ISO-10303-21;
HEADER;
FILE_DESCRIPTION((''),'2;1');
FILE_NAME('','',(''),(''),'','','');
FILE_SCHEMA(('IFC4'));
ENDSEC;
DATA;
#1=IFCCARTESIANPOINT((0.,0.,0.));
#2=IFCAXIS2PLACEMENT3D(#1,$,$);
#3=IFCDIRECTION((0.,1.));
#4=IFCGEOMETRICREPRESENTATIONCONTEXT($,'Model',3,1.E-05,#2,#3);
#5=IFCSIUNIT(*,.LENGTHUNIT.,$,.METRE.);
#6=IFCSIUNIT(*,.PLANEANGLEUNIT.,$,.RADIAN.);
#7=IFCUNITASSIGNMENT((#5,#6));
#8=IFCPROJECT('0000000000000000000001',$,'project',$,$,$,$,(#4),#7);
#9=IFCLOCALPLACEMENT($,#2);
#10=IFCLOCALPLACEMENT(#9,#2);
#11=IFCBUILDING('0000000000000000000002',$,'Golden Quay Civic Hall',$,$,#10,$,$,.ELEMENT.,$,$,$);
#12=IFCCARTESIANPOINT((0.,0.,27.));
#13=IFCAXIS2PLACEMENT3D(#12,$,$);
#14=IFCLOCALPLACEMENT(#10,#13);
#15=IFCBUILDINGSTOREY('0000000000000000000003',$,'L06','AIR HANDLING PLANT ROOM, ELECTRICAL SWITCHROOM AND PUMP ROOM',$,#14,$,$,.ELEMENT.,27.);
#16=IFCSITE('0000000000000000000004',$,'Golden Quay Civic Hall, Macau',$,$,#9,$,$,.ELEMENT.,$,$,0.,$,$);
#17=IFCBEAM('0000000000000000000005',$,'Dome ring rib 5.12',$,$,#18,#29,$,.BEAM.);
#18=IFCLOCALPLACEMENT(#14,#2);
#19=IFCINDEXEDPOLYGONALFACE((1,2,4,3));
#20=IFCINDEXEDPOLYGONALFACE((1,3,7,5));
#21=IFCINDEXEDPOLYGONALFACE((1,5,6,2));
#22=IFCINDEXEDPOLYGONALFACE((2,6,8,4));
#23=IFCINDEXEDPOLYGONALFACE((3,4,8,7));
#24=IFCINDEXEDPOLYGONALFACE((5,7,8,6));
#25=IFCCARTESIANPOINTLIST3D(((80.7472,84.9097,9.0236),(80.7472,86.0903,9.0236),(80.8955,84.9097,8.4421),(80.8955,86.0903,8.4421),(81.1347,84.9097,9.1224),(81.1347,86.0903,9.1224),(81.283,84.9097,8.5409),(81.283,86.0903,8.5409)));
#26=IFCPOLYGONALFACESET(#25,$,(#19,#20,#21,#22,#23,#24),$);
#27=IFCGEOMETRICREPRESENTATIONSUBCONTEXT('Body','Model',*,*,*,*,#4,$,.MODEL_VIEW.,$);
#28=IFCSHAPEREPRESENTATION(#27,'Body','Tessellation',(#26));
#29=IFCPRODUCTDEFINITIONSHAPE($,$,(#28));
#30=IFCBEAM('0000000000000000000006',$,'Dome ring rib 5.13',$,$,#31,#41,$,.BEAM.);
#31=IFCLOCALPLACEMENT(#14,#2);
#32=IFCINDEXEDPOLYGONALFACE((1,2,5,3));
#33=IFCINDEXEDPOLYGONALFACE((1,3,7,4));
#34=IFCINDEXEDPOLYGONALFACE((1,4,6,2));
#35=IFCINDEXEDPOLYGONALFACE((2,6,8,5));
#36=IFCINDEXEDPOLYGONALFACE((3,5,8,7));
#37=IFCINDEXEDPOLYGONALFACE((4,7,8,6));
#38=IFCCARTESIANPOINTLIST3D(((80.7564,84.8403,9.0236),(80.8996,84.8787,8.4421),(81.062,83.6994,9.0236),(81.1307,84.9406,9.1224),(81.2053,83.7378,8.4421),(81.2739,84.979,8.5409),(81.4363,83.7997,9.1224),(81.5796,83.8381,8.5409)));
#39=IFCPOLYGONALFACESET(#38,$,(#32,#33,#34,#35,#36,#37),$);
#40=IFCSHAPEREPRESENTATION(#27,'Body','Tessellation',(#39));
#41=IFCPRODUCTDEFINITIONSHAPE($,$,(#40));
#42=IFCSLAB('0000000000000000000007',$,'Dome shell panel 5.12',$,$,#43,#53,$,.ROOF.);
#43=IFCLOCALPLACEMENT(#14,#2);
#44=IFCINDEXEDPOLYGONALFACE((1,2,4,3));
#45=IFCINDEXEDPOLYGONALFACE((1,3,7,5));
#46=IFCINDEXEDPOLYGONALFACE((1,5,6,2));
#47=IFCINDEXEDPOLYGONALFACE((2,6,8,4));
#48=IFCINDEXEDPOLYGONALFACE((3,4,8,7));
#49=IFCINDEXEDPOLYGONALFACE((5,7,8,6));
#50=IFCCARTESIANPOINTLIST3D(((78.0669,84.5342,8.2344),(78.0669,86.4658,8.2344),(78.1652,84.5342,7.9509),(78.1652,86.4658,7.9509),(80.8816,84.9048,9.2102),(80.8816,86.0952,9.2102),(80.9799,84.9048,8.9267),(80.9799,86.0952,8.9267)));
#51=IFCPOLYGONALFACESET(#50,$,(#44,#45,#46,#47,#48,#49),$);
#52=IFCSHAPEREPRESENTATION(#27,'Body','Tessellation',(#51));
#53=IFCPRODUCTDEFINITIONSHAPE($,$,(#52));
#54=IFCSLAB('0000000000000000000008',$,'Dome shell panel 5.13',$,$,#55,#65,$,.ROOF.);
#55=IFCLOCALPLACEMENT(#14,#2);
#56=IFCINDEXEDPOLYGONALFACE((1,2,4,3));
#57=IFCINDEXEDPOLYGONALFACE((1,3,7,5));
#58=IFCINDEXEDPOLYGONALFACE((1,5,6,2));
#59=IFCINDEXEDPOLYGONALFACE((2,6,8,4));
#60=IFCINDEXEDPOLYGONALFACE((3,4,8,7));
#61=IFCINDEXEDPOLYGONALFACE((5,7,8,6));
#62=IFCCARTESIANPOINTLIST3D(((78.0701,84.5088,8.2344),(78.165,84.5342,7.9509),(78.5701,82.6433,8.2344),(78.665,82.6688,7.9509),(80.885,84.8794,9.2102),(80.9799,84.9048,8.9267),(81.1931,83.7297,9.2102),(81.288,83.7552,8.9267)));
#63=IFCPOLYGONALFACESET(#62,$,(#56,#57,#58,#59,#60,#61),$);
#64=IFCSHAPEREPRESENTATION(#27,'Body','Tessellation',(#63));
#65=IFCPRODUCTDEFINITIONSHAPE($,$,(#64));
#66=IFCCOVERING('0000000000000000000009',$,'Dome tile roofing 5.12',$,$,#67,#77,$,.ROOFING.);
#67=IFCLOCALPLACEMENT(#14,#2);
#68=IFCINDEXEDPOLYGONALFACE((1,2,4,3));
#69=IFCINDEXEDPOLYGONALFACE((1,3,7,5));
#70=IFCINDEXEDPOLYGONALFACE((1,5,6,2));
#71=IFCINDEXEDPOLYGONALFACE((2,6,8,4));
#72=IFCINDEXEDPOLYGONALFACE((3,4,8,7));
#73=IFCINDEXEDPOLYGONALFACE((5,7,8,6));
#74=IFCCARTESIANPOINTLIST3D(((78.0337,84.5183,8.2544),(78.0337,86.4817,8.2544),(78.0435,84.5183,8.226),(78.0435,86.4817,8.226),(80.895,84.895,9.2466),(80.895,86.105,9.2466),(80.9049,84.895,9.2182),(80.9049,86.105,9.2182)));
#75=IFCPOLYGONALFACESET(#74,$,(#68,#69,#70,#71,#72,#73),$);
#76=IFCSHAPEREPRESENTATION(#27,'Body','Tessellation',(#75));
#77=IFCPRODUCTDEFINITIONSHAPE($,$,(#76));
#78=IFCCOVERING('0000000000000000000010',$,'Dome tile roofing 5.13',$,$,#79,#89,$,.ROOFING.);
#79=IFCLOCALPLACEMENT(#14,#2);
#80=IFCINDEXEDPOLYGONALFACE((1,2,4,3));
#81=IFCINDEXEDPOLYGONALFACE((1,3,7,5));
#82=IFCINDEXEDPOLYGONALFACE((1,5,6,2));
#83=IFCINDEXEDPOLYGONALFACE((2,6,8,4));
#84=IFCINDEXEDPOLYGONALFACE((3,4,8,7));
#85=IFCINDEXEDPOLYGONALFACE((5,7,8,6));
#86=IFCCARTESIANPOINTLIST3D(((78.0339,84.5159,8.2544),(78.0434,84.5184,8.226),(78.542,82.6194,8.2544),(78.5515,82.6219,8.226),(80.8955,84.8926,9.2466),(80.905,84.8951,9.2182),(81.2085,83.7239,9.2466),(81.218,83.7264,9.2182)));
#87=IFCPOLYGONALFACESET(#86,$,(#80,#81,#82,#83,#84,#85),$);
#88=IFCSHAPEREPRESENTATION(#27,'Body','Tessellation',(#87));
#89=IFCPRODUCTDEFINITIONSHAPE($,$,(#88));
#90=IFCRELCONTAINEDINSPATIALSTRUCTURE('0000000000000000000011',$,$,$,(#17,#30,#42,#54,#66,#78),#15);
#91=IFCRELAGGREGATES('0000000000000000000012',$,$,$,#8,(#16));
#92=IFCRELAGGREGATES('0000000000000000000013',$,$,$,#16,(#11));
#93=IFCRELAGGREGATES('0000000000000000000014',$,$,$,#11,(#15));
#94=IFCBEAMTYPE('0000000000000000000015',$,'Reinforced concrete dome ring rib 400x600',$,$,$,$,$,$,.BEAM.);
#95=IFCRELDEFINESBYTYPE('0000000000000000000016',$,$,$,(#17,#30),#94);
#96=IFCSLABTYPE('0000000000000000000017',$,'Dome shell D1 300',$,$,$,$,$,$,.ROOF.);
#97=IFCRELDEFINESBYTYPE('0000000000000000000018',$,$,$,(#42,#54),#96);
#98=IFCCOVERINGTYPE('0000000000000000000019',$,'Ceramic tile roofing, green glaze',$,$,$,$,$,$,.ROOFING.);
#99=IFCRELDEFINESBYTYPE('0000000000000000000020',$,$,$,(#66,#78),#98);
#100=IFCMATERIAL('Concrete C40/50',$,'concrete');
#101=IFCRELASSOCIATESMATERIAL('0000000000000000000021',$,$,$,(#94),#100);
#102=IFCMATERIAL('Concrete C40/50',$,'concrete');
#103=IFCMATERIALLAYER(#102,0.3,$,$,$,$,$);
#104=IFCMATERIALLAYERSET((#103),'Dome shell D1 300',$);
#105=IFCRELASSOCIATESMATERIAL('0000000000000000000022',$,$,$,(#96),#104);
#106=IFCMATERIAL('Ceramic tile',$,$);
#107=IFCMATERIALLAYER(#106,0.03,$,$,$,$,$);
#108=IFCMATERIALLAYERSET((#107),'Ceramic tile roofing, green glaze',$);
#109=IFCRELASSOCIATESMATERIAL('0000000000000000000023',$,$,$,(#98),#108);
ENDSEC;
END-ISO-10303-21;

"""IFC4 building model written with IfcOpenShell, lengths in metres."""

from ifc_helpers import new_model, si_unit, direction, frame, origin, origin_2d, place, context, subcontext, project, spatial, polyline, rectangle, outline, extrude, material, layer, layer_set, material_profile, profile_set, type_object, element, save


model = new_model("IFC4")

# Units and contexts
model_context = context("Model", 3, precision=1e-05, world=origin(), true_north=direction((0.0, 1.0)))
body_context = subcontext(model_context, "Body", "Model", "MODEL_VIEW")
ifc_project = project(units=[si_unit("LENGTHUNIT", "METRE"), si_unit("PLANEANGLEUNIT", "RADIAN")], contexts=[model_context])

# Site, building, storey
site_placement = place(None, origin())
site = spatial("IfcSite", under=ifc_project, at=site_placement, Name="Golden Quay Civic Hall, Macau", CompositionType="ELEMENT", RefElevation=0.0)
building_placement = place(site_placement, origin())
building = spatial("IfcBuilding", under=site, at=building_placement, Name="Golden Quay Civic Hall", CompositionType="ELEMENT")
storey_placement = place(building_placement, frame((0.0, 0.0, 27.0)))
storey = spatial("IfcBuildingStorey", under=building, at=storey_placement, Name="L06", Description="AIR HANDLING PLANT ROOM, ELECTRICAL SWITCHROOM AND PUMP ROOM", CompositionType="ELEMENT", Elevation=27.0)

# Beams
ifc_material_1 = material(Name="Concrete C40/50", Category="concrete")
ifc_material_profile_1 = material_profile(ifc_material_1, rectangle(XDim=0.3999, YDim=0.6001, at=origin_2d()), Name="RC 400x600")
ifc_profile_set_1 = profile_set([ifc_material_profile_1], Name="Concrete C40/50")
beam_type_1 = type_object("IfcBeamType", Name="Reinforced concrete dome ring rib 400x600", PredefinedType="BEAM", material=ifc_profile_set_1)
beam_1_placement = place(storey_placement, frame((81.0151, 86.0903, 8.7822), z_axis=(0.0, -1.0, 0.0), x_axis=(0.968992, 0.0, 0.247094)))
element("IfcBeam", 1, at=beam_1_placement, inside=storey, type_object=beam_type_1, Name="Dome ring rib 5.12", PredefinedType="BEAM", context=body_context, shape_type="SweptSolid", body=[
    extrude(rectangle(XDim=0.3999, YDim=0.6001, at=origin_2d()), origin(), (0.0, 0.0, 1.0), 1.1807),
])
beam_2_placement = place(storey_placement, frame((81.0151, 84.9097, 8.7822), z_axis=(0.258795, -0.965932, 0.0), x_axis=(0.93598, 0.25077, 0.247094)))
element("IfcBeam", 2, at=beam_2_placement, inside=storey, type_object=beam_type_1, Name="Dome ring rib 5.13", PredefinedType="BEAM", context=body_context, shape_type="SweptSolid", body=[
    extrude(rectangle(XDim=0.3999, YDim=0.6001, at=origin_2d()), origin(), (0.0, 0.0, 1.0), 1.1812),
])

# Slabs
ifc_material_2 = material(Name="Concrete C40/50", Category="concrete")
ifc_layer_1 = layer(ifc_material_2, 0.3)
ifc_layer_set_1 = layer_set([ifc_layer_1], Name="Dome shell D1 300")
slab_type = type_object("IfcSlabType", Name="Dome shell D1 300", PredefinedType="ROOF", material=ifc_layer_set_1)
slab_1_placement = place(storey_placement, frame((78.0669, 86.4658, 8.2344), z_axis=(-0.327564, 0.0, 0.944829), x_axis=(0.0, -1.0, 0.0)))
element("IfcSlab", 3, at=slab_1_placement, inside=storey, type_object=slab_type, Name="Dome shell panel 5.12", PredefinedType="ROOF", context=body_context, shape_type="SweptSolid", body=[
    extrude(outline(polyline([(0.0, 0.0), (1.9316, 0.0), (1.561, 2.9791), (0.3706, 2.9791), (0.0, 0.0)])), origin(), (0.0, 0.0, -1.0), 0.3),
])
slab_2_placement = place(storey_placement, frame((78.0701, 84.5088, 8.2344), z_axis=(-0.316377, -0.084794, 0.944836), x_axis=(0.258889, -0.965907, 0.000003)))
element("IfcSlab", 4, at=slab_2_placement, inside=storey, type_object=slab_type, Name="Dome shell panel 5.13", PredefinedType="ROOF", context=body_context, shape_type="SweptSolid", body=[
    extrude(outline(polyline([(0.0, 0.0), (1.9313, 0.0), (1.561, 2.9792), (0.3708, 2.9793), (0.0, 0.0)])), origin(), (0.0, 0.0, -1.0), 0.3),
])

# Coverings
ifc_material_3 = material(Name="Ceramic tile")
ifc_layer_2 = layer(ifc_material_3, 0.03)
ifc_layer_set_2 = layer_set([ifc_layer_2], Name="Ceramic tile roofing, green glaze")
covering_type = type_object("IfcCoveringType", Name="Ceramic tile roofing, green glaze", PredefinedType="ROOFING", material=ifc_layer_set_2)
covering_1_placement = place(storey_placement, frame((78.0337, 86.4817, 8.2544), z_axis=(-0.32762, 0.0, 0.94481), x_axis=(0.0, -1.0, 0.0)))
element("IfcCovering", 5, at=covering_1_placement, inside=storey, type_object=covering_type, Name="Dome tile roofing 5.12", PredefinedType="ROOFING", context=body_context, shape_type="SweptSolid", body=[
    extrude(outline(polyline([(0.0, 0.0), (1.9634, 0.0), (1.5867, 3.0285), (0.3767, 3.0285), (0.0, 0.0)])), origin(), (0.0, 0.0, -1.0), 0.03),
])
covering_2_placement = place(storey_placement, frame((78.0339, 84.5159, 8.2544), z_axis=(-0.316443, -0.084763, 0.944817), x_axis=(0.258766, -0.96594, 0.000009)))
element("IfcCovering", 6, at=covering_2_placement, inside=storey, type_object=covering_type, Name="Dome tile roofing 5.13", PredefinedType="ROOFING", context=body_context, shape_type="SweptSolid", body=[
    extrude(outline(polyline([(0.0, 0.0), (1.9634, 0.0), (1.5865, 3.0286), (0.3766, 3.0287), (0.0, 0.0)])), origin(), (0.0, 0.0, -1.0), 0.03),
])

save(model, "model.ifc")
